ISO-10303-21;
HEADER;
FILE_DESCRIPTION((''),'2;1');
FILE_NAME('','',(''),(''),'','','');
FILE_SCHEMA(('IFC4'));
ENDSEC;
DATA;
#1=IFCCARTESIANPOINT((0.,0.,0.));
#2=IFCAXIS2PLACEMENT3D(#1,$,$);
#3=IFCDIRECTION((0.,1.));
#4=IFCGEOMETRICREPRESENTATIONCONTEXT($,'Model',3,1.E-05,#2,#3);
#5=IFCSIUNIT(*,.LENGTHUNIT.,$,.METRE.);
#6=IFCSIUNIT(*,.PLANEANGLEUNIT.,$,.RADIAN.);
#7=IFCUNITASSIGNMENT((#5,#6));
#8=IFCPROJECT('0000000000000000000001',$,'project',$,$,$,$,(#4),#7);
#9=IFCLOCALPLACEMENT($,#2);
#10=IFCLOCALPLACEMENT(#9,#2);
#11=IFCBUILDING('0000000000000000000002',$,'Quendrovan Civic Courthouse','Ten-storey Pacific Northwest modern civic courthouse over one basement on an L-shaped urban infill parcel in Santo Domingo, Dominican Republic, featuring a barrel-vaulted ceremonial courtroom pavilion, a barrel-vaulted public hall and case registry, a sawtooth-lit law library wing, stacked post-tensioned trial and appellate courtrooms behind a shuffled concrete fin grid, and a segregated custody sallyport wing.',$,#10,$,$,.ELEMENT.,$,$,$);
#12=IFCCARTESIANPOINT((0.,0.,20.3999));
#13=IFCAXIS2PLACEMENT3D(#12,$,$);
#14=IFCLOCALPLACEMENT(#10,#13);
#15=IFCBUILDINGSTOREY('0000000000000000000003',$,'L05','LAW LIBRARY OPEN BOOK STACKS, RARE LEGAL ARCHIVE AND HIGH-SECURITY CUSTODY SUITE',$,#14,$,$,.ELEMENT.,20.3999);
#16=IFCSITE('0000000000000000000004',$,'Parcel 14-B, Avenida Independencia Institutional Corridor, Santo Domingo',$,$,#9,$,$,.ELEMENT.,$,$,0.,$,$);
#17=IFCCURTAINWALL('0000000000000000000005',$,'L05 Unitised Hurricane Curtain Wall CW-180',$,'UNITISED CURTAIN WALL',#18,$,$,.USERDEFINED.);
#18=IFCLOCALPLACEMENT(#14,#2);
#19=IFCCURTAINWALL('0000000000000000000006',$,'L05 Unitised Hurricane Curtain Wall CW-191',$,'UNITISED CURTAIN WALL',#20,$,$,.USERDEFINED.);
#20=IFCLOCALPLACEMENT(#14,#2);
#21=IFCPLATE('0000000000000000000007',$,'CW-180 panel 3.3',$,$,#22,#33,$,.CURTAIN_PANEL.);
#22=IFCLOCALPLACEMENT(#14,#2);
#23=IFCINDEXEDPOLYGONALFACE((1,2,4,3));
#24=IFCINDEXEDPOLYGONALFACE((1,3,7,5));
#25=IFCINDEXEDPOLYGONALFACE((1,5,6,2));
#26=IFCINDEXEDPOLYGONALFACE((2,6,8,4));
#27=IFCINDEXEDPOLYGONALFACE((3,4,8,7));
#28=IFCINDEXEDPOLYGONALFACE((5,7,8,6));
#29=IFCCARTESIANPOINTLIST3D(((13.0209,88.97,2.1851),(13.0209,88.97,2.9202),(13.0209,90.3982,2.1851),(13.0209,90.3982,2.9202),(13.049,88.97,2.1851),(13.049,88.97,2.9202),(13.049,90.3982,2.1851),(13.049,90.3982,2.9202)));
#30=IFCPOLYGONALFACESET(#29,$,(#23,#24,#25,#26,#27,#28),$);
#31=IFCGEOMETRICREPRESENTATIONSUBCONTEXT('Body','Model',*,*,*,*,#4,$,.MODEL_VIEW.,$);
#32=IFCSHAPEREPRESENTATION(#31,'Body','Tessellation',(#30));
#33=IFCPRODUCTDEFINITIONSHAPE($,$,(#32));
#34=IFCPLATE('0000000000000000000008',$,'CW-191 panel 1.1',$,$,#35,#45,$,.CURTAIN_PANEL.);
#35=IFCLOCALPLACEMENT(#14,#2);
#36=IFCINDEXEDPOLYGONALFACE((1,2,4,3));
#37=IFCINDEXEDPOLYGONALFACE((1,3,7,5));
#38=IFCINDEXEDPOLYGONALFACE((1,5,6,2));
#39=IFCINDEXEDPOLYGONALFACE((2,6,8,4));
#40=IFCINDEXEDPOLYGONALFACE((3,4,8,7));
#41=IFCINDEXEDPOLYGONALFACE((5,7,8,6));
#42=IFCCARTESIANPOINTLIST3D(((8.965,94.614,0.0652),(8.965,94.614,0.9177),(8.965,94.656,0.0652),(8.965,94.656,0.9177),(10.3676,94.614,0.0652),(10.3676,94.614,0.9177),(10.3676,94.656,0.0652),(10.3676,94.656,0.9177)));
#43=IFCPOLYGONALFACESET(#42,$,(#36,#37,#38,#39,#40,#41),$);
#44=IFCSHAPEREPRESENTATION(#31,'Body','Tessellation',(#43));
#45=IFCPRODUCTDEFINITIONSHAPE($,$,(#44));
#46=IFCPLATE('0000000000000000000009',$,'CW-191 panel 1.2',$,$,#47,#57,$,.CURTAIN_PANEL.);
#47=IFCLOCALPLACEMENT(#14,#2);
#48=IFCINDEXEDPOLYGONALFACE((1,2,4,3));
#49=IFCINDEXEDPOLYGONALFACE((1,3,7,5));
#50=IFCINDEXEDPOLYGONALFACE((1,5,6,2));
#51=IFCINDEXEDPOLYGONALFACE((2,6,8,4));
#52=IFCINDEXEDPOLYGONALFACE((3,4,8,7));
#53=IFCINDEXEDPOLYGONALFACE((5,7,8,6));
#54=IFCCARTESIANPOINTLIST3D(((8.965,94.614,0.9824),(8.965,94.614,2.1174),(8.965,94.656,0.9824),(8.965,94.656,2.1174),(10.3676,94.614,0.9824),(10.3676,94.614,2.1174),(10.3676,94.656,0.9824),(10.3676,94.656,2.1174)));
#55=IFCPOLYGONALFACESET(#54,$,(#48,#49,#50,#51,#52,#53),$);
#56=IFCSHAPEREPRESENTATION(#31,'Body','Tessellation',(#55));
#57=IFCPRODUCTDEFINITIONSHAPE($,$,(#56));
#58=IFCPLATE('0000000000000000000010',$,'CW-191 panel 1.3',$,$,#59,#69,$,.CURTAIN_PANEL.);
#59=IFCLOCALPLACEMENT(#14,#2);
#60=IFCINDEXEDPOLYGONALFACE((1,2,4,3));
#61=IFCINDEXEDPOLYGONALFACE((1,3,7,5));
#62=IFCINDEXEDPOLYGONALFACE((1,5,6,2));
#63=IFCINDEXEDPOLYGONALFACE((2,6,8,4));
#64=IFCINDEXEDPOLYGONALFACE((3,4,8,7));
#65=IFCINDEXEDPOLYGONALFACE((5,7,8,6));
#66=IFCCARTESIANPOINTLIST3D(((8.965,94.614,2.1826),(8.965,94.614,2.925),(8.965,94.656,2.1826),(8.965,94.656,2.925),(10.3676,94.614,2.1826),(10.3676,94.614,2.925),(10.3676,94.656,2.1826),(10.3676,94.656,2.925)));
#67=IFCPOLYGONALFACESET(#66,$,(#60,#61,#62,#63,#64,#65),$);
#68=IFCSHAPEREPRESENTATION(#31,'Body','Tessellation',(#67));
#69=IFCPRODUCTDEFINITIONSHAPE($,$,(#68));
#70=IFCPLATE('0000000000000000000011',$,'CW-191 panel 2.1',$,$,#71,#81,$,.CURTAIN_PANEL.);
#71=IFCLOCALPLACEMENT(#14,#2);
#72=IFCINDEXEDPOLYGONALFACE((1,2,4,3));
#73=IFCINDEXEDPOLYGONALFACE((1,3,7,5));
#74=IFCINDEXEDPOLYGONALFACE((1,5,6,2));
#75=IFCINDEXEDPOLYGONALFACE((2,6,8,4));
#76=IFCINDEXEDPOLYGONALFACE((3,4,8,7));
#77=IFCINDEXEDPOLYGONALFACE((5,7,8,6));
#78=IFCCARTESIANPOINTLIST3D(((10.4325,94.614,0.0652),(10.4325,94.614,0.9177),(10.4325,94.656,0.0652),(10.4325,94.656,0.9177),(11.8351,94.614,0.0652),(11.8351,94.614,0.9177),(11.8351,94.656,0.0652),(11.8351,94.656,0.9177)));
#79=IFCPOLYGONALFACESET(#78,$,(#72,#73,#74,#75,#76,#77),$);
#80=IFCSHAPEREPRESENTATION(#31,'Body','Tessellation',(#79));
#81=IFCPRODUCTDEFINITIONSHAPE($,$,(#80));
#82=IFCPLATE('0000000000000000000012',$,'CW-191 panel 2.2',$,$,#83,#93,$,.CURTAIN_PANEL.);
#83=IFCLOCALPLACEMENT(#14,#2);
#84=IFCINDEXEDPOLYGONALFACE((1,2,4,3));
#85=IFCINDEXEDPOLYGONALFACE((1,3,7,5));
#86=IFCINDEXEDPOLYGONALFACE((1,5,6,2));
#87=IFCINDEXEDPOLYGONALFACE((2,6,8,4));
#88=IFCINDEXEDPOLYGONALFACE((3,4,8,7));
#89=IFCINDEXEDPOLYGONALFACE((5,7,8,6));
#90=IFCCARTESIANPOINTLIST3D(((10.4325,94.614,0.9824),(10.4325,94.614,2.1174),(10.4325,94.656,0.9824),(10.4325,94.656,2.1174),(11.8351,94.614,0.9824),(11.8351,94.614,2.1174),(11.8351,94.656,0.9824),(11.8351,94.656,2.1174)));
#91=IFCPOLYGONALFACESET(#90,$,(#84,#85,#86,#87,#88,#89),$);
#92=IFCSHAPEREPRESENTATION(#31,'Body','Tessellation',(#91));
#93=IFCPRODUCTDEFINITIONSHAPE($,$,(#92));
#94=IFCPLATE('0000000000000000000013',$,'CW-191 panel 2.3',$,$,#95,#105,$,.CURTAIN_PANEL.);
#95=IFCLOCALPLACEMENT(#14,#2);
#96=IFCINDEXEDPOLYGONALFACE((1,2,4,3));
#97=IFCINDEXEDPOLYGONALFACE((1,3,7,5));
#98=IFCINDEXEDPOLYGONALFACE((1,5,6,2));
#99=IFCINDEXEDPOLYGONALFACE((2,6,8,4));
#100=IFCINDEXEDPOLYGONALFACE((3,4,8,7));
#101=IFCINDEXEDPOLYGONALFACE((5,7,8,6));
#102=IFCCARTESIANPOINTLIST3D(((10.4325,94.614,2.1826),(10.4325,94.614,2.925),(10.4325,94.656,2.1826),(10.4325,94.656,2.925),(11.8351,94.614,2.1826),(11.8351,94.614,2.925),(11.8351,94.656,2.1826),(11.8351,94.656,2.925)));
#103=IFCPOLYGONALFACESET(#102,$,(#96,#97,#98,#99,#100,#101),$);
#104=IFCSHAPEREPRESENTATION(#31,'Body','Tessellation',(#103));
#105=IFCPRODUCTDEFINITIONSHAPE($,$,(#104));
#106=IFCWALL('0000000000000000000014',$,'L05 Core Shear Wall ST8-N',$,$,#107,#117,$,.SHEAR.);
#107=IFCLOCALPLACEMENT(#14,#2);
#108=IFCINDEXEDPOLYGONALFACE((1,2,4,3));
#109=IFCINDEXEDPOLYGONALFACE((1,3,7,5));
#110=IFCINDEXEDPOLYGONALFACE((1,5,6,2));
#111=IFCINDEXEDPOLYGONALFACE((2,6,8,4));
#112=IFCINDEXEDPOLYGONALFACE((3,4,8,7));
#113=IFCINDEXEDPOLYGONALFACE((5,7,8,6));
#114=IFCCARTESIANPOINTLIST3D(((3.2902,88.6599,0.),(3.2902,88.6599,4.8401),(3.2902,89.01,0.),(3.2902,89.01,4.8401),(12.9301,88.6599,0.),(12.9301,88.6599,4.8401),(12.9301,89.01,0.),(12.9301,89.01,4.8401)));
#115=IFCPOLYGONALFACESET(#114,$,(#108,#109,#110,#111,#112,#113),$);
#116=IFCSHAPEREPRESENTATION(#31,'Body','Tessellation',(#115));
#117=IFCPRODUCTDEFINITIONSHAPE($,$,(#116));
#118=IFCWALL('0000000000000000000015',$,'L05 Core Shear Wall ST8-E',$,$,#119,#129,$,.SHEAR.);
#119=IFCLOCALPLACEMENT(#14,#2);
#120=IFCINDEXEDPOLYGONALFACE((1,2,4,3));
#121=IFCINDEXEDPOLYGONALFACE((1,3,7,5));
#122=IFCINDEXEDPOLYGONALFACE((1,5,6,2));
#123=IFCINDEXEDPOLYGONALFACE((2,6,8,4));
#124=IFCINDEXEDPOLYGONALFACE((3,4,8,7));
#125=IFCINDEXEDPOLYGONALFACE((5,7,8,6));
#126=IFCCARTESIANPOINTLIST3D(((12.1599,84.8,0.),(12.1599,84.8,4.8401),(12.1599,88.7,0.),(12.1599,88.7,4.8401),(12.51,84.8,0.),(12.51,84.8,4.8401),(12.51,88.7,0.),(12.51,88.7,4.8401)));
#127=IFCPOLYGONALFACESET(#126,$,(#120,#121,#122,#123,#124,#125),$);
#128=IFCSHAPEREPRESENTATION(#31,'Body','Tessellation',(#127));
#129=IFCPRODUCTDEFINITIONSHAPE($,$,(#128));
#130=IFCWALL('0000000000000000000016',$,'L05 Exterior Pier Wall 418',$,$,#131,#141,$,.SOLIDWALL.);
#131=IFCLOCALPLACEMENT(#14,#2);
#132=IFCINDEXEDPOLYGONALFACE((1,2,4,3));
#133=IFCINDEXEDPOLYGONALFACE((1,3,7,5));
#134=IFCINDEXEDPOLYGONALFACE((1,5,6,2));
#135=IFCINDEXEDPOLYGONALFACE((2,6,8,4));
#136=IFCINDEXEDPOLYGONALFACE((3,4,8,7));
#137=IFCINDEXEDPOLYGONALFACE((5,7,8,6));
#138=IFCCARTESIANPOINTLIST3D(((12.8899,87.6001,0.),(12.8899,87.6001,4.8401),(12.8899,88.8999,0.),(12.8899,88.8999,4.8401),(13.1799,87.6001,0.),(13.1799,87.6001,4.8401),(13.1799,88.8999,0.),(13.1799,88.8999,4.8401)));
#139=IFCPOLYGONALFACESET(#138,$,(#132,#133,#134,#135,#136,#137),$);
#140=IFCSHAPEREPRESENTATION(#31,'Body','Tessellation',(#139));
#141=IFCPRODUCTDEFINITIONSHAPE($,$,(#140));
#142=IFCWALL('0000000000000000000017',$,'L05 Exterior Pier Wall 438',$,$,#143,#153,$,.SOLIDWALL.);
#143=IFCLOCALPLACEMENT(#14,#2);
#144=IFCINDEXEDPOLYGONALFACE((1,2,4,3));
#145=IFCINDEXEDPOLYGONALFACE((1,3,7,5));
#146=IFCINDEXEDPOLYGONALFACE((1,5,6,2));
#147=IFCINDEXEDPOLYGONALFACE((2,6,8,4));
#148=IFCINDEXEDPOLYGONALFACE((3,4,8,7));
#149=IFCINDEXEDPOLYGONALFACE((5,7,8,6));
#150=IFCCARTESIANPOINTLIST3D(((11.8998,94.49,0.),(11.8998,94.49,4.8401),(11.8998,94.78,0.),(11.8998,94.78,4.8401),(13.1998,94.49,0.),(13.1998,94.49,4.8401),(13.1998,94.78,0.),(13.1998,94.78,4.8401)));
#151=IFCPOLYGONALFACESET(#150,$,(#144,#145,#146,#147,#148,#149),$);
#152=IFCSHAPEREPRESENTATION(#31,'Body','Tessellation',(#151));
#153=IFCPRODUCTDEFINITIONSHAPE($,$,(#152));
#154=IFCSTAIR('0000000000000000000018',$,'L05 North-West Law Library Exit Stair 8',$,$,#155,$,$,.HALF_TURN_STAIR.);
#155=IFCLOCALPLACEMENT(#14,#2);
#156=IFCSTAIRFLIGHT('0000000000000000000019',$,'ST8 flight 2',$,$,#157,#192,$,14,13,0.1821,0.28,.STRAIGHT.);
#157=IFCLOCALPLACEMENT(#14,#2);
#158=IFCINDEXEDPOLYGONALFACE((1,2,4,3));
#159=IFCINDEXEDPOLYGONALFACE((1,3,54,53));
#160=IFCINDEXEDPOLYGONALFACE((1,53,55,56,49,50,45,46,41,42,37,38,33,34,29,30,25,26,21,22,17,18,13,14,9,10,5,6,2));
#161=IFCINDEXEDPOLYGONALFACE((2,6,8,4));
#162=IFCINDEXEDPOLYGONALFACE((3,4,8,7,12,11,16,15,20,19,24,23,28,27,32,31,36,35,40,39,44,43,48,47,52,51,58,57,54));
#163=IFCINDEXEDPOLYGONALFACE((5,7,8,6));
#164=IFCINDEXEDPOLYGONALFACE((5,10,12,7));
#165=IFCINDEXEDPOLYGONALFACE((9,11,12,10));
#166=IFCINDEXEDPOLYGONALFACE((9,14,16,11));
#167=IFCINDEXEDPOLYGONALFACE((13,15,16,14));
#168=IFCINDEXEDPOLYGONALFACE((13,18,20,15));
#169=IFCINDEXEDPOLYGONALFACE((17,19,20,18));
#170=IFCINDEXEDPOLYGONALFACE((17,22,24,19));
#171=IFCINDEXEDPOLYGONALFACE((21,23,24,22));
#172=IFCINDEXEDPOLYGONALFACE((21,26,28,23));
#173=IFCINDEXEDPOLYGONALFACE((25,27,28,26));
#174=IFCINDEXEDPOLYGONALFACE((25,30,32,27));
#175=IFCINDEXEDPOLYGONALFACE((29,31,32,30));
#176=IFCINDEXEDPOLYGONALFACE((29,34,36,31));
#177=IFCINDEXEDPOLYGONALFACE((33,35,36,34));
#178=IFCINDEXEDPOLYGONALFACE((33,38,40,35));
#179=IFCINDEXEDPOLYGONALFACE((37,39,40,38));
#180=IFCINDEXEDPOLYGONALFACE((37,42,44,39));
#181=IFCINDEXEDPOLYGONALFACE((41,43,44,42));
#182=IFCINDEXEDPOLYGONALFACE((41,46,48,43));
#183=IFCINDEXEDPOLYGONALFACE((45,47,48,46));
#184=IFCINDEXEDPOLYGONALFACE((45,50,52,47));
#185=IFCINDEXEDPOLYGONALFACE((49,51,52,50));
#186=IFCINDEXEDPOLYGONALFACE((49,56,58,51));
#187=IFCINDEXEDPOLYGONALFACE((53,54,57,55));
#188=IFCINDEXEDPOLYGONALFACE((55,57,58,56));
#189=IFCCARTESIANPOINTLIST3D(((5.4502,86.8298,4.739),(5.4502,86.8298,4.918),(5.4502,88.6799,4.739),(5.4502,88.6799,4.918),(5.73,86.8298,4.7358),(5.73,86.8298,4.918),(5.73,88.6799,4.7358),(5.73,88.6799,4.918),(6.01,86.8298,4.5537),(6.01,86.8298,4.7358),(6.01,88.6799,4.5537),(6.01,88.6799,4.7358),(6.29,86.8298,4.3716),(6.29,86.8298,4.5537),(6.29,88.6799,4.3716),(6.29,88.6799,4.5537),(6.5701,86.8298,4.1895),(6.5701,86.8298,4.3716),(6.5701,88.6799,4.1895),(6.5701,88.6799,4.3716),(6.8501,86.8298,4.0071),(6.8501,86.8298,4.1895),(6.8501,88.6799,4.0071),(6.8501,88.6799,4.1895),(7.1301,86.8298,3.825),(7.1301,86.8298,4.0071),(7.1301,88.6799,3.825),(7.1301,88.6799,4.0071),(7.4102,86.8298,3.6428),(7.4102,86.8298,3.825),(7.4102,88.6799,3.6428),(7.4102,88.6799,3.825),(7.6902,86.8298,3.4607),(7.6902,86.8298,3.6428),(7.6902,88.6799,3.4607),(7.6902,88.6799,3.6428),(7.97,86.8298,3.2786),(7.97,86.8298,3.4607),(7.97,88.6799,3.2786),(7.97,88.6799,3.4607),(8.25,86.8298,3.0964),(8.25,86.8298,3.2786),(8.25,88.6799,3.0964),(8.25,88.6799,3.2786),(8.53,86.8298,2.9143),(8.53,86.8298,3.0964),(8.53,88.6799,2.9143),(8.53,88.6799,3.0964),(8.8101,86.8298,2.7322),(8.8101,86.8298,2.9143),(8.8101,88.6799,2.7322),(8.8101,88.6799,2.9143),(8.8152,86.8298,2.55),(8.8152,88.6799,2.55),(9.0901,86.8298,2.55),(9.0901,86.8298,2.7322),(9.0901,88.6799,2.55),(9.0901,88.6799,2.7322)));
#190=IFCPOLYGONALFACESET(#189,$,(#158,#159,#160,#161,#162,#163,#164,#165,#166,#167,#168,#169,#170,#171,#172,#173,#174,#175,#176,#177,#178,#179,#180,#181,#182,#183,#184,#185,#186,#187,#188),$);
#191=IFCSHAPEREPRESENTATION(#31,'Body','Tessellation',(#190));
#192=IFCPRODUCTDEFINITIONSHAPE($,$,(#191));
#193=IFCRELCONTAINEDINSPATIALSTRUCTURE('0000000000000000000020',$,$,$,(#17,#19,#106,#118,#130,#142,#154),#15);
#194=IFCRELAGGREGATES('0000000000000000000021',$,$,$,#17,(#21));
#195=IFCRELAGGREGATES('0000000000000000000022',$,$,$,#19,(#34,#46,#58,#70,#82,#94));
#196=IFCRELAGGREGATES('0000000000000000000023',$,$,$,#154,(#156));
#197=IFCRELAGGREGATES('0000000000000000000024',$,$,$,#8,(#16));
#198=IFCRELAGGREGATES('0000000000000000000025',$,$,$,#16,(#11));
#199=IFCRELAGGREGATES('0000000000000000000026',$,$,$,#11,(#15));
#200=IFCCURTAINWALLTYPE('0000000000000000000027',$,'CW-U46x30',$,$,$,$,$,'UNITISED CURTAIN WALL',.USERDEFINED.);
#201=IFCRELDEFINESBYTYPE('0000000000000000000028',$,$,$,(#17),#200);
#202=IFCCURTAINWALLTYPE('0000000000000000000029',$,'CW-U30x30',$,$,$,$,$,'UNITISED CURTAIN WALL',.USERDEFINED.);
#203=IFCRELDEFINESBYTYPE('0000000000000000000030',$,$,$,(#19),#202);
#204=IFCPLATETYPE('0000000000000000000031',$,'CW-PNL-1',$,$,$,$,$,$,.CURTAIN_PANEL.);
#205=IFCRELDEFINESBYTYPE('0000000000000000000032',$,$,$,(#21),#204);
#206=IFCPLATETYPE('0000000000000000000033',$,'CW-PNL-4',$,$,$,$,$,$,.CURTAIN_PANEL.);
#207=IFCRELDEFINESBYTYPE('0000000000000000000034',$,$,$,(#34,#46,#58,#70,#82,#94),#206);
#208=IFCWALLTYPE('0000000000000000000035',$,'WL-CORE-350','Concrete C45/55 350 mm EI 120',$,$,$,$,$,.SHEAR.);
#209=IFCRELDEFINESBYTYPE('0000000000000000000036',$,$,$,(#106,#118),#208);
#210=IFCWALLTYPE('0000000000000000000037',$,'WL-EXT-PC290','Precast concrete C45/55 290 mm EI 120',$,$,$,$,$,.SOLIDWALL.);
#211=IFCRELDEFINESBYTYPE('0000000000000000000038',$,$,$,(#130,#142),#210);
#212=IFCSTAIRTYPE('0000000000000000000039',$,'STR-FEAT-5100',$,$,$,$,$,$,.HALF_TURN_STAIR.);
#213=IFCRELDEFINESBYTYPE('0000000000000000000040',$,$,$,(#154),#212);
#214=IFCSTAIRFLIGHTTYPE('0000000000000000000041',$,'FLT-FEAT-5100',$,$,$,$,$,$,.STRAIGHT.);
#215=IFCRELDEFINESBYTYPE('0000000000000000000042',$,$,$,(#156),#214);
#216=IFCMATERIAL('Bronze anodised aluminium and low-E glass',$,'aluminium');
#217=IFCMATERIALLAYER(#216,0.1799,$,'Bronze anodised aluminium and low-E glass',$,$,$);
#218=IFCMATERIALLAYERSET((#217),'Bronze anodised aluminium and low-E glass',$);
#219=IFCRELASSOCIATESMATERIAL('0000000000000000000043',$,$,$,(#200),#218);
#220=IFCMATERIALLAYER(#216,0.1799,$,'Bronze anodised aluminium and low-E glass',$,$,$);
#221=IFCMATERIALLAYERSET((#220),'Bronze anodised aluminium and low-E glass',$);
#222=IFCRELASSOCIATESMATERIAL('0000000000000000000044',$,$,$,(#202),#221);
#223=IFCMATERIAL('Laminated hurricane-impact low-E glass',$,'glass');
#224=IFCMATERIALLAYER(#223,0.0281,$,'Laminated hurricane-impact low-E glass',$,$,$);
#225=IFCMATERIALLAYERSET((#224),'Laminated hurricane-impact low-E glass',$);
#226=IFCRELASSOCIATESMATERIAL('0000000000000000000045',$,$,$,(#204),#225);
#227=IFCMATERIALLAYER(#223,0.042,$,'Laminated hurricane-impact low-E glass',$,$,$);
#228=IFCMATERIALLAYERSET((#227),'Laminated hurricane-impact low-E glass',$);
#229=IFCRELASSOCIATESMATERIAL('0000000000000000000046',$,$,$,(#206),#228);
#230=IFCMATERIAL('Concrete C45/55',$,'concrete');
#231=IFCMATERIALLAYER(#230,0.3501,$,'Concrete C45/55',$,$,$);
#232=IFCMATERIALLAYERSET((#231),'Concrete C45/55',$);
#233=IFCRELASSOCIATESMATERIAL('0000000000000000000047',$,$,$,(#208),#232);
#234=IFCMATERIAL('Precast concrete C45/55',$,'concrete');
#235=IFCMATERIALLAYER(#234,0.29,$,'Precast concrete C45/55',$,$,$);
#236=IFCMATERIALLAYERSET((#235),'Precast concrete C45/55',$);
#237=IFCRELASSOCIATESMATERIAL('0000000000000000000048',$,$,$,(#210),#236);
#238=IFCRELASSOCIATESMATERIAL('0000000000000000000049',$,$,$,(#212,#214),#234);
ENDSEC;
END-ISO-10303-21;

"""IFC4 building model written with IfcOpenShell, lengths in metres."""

from ifc_helpers import new_model, si_unit, direction, frame, frame_2d, origin, origin_2d, place, context, subcontext, project, spatial, polyline, rectangle, outline, extrude, material, layer, layer_set, type_object, element, aggregate, save


model = new_model("IFC4")

# Units and contexts
model_context = context("Model", 3, precision=1e-05, world=origin(), true_north=direction((0.0, 1.0)))
body_context = subcontext(model_context, "Body", "Model", "MODEL_VIEW")
ifc_project = project(units=[si_unit("LENGTHUNIT", "METRE"), si_unit("PLANEANGLEUNIT", "RADIAN")], contexts=[model_context])

# Site, building, storey
site_placement = place(None, origin())
site = spatial("IfcSite", under=ifc_project, at=site_placement, Name="Parcel 14-B, Avenida Independencia Institutional Corridor, Santo Domingo", CompositionType="ELEMENT", RefElevation=0.0)
building_placement = place(site_placement, origin())
building = spatial("IfcBuilding", under=site, at=building_placement, Name="Quendrovan Civic Courthouse", Description="Ten-storey Pacific Northwest modern civic courthouse over one basement on an L-shaped urban infill parcel in Santo Domingo, Dominican Republic, featuring a barrel-vaulted ceremonial courtroom pavilion, a barrel-vaulted public hall and case registry, a sawtooth-lit law library wing, stacked post-tensioned trial and appellate courtrooms behind a shuffled concrete fin grid, and a segregated custody sallyport wing.", CompositionType="ELEMENT")
storey_placement = place(building_placement, frame((0.0, 0.0, 20.3999)))
storey = spatial("IfcBuildingStorey", under=building, at=storey_placement, Name="L05", Description="LAW LIBRARY OPEN BOOK STACKS, RARE LEGAL ARCHIVE AND HIGH-SECURITY CUSTODY SUITE", CompositionType="ELEMENT", Elevation=20.3999)

# Curtain wall
ifc_material_1 = material(Name="Bronze anodised aluminium and low-E glass", Category="aluminium")
ifc_layer_1 = layer(ifc_material_1, 0.1799, Name="Bronze anodised aluminium and low-E glass")
ifc_layer_set_1 = layer_set([ifc_layer_1], Name="Bronze anodised aluminium and low-E glass")
curtain_wall_type_1 = type_object("IfcCurtainWallType", Name="CW-U46x30", ElementType="UNITISED CURTAIN WALL", PredefinedType="USERDEFINED", material=ifc_layer_set_1)
curtain_wall_1_placement = place(storey_placement, origin())
curtain_wall_1 = element("IfcCurtainWall", 1, at=curtain_wall_1_placement, inside=storey, type_object=curtain_wall_type_1, Name="L05 Unitised Hurricane Curtain Wall CW-180", ObjectType="UNITISED CURTAIN WALL", PredefinedType="USERDEFINED")

# Curtain wall
ifc_layer_2 = layer(ifc_material_1, 0.1799, Name="Bronze anodised aluminium and low-E glass")
ifc_layer_set_2 = layer_set([ifc_layer_2], Name="Bronze anodised aluminium and low-E glass")
curtain_wall_type_2 = type_object("IfcCurtainWallType", Name="CW-U30x30", ElementType="UNITISED CURTAIN WALL", PredefinedType="USERDEFINED", material=ifc_layer_set_2)
curtain_wall_2_placement = place(storey_placement, origin())
curtain_wall_2 = element("IfcCurtainWall", 2, at=curtain_wall_2_placement, inside=storey, type_object=curtain_wall_type_2, Name="L05 Unitised Hurricane Curtain Wall CW-191", ObjectType="UNITISED CURTAIN WALL", PredefinedType="USERDEFINED")

# Plates
ifc_material_2 = material(Name="Laminated hurricane-impact low-E glass", Category="glass")
ifc_layer_3 = layer(ifc_material_2, 0.0281, Name="Laminated hurricane-impact low-E glass")
ifc_layer_set_3 = layer_set([ifc_layer_3], Name="Laminated hurricane-impact low-E glass")
plate_type_1 = type_object("IfcPlateType", Name="CW-PNL-1", PredefinedType="CURTAIN_PANEL", material=ifc_layer_set_3)
plate_1_placement = place(storey_placement, frame((13.0349, 89.6841, 2.1851), z_axis=(0.0, 0.0, 1.0), x_axis=(0.0, -1.0, 0.0)))
plate_1 = element("IfcPlate", 3, at=plate_1_placement, type_object=plate_type_1, Name="CW-180 panel 3.3", PredefinedType="CURTAIN_PANEL", context=body_context, shape_type="SweptSolid", body=[
    extrude(rectangle(XDim=1.4282, YDim=0.0281, at=origin_2d()), origin(), (0.0, 0.0, 1.0), 0.7351),
])
aggregate(curtain_wall_1, [plate_1])
ifc_layer_4 = layer(ifc_material_2, 0.042, Name="Laminated hurricane-impact low-E glass")
ifc_layer_set_4 = layer_set([ifc_layer_4], Name="Laminated hurricane-impact low-E glass")
plate_type_2 = type_object("IfcPlateType", Name="CW-PNL-4", PredefinedType="CURTAIN_PANEL", material=ifc_layer_set_4)
plate_2_placement = place(storey_placement, frame((9.6663, 94.635, 0.0652), z_axis=(0.0, 0.0, 1.0), x_axis=(1.0, 0.0, 0.0)))
plate_2 = element("IfcPlate", 4, at=plate_2_placement, type_object=plate_type_2, Name="CW-191 panel 1.1", PredefinedType="CURTAIN_PANEL", context=body_context, shape_type="SweptSolid", body=[
    extrude(rectangle(XDim=1.4026, YDim=0.042, at=origin_2d()), origin(), (0.0, 0.0, 1.0), 0.8525),
])
plate_3_placement = place(storey_placement, frame((9.6663, 94.635, 0.9824), z_axis=(0.0, 0.0, 1.0), x_axis=(1.0, 0.0, 0.0)))
plate_3 = element("IfcPlate", 5, at=plate_3_placement, type_object=plate_type_2, Name="CW-191 panel 1.2", PredefinedType="CURTAIN_PANEL", context=body_context, shape_type="SweptSolid", body=[
    extrude(rectangle(XDim=1.4026, YDim=0.042, at=origin_2d()), origin(), (0.0, 0.0, 1.0), 1.135),
])
plate_4_placement = place(storey_placement, frame((9.6663, 94.635, 2.1826), z_axis=(0.0, 0.0, 1.0), x_axis=(1.0, 0.0, 0.0)))
plate_4 = element("IfcPlate", 6, at=plate_4_placement, type_object=plate_type_2, Name="CW-191 panel 1.3", PredefinedType="CURTAIN_PANEL", context=body_context, shape_type="SweptSolid", body=[
    extrude(rectangle(XDim=1.4026, YDim=0.042, at=origin_2d()), origin(), (0.0, 0.0, 1.0), 0.7424),
])
plate_5_placement = place(storey_placement, frame((11.1338, 94.635, 0.0652), z_axis=(0.0, 0.0, 1.0), x_axis=(1.0, 0.0, 0.0)))
plate_5 = element("IfcPlate", 7, at=plate_5_placement, type_object=plate_type_2, Name="CW-191 panel 2.1", PredefinedType="CURTAIN_PANEL", context=body_context, shape_type="SweptSolid", body=[
    extrude(rectangle(XDim=1.4026, YDim=0.042, at=origin_2d()), origin(), (0.0, 0.0, 1.0), 0.8525),
])
plate_6_placement = place(storey_placement, frame((11.1338, 94.635, 0.9824), z_axis=(0.0, 0.0, 1.0), x_axis=(1.0, 0.0, 0.0)))
plate_6 = element("IfcPlate", 8, at=plate_6_placement, type_object=plate_type_2, Name="CW-191 panel 2.2", PredefinedType="CURTAIN_PANEL", context=body_context, shape_type="SweptSolid", body=[
    extrude(rectangle(XDim=1.4026, YDim=0.042, at=origin_2d()), origin(), (0.0, 0.0, 1.0), 1.135),
])
plate_7_placement = place(storey_placement, frame((11.1338, 94.635, 2.1826), z_axis=(0.0, 0.0, 1.0), x_axis=(1.0, 0.0, 0.0)))
plate_7 = element("IfcPlate", 9, at=plate_7_placement, type_object=plate_type_2, Name="CW-191 panel 2.3", PredefinedType="CURTAIN_PANEL", context=body_context, shape_type="SweptSolid", body=[
    extrude(rectangle(XDim=1.4026, YDim=0.042, at=origin_2d()), origin(), (0.0, 0.0, 1.0), 0.7424),
])
aggregate(curtain_wall_2, [plate_2, plate_3, plate_4, plate_5, plate_6, plate_7])

# Walls
ifc_material_3 = material(Name="Concrete C45/55", Category="concrete")
ifc_layer_5 = layer(ifc_material_3, 0.3501, Name="Concrete C45/55")
ifc_layer_set_5 = layer_set([ifc_layer_5], Name="Concrete C45/55")
wall_type_1 = type_object("IfcWallType", Name="WL-CORE-350", Description="Concrete C45/55 350 mm EI 120", PredefinedType="SHEAR", material=ifc_layer_set_5)
wall_1_placement = place(storey_placement, frame((12.9299, 88.835, 0.0), z_axis=(0.0, 0.0, 1.0), x_axis=(-1.0, 0.0, 0.0)))
element("IfcWall", 10, at=wall_1_placement, inside=storey, type_object=wall_type_1, Name="L05 Core Shear Wall ST8-N", PredefinedType="SHEAR", context=body_context, shape_type="SweptSolid", body=[
    extrude(rectangle(XDim=9.6399, YDim=0.3501, at=frame_2d((4.8198, 0.0))), origin(), (0.0, 0.0, 1.0), 4.8401),
])
wall_2_placement = place(storey_placement, frame((12.335, 88.7, 0.0), z_axis=(0.0, 0.0, 1.0), x_axis=(0.0, -1.0, 0.0)))
element("IfcWall", 11, at=wall_2_placement, inside=storey, type_object=wall_type_1, Name="L05 Core Shear Wall ST8-E", PredefinedType="SHEAR", context=body_context, shape_type="SweptSolid", body=[
    extrude(rectangle(XDim=3.8999, YDim=0.3501, at=frame_2d((1.95, 0.0))), origin(), (0.0, 0.0, 1.0), 4.8401),
])
ifc_material_4 = material(Name="Precast concrete C45/55", Category="concrete")
ifc_layer_6 = layer(ifc_material_4, 0.29, Name="Precast concrete C45/55")
ifc_layer_set_6 = layer_set([ifc_layer_6], Name="Precast concrete C45/55")
wall_type_2 = type_object("IfcWallType", Name="WL-EXT-PC290", Description="Precast concrete C45/55 290 mm EI 120", PredefinedType="SOLIDWALL", material=ifc_layer_set_6)
wall_3_placement = place(storey_placement, frame((13.0349, 88.8999, 0.0), z_axis=(0.0, 0.0, 1.0), x_axis=(0.0, -1.0, 0.0)))
element("IfcWall", 12, at=wall_3_placement, inside=storey, type_object=wall_type_2, Name="L05 Exterior Pier Wall 418", PredefinedType="SOLIDWALL", context=body_context, shape_type="SweptSolid", body=[
    extrude(rectangle(XDim=1.2998, YDim=0.29, at=frame_2d((0.6499, 0.0))), origin(), (0.0, 0.0, 1.0), 4.8401),
])
wall_4_placement = place(storey_placement, frame((11.8999, 94.635, 0.0), z_axis=(0.0, 0.0, 1.0), x_axis=(1.0, 0.0, 0.0)))
element("IfcWall", 13, at=wall_4_placement, inside=storey, type_object=wall_type_2, Name="L05 Exterior Pier Wall 438", PredefinedType="SOLIDWALL", context=body_context, shape_type="SweptSolid", body=[
    extrude(rectangle(XDim=1.3, YDim=0.29, at=frame_2d((0.6499, 0.0))), origin(), (0.0, 0.0, 1.0), 4.8401),
])

# Stair, stair flight
stair_type = type_object("IfcStairType", Name="STR-FEAT-5100", PredefinedType="HALF_TURN_STAIR", material=ifc_material_4)
stair_placement = place(storey_placement, origin())
stair = element("IfcStair", 14, at=stair_placement, inside=storey, type_object=stair_type, Name="L05 North-West Law Library Exit Stair 8", PredefinedType="HALF_TURN_STAIR")
stair_flight_type = type_object("IfcStairFlightType", Name="FLT-FEAT-5100", PredefinedType="STRAIGHT", material=ifc_material_4)
stair_flight_placement = place(storey_placement, frame((9.0901, 87.7549, 2.55), z_axis=(0.0, 0.0, 1.0), x_axis=(-1.0, 0.0, 0.0)))
stair_flight = element("IfcStairFlight", 15, at=stair_flight_placement, type_object=stair_flight_type, Name="ST8 flight 2", NumberOfRisers=14, NumberOfTreads=13, PredefinedType="STRAIGHT", RiserHeight=0.1821, TreadLength=0.28, context=body_context, shape_type="SweptSolid", body=[
    extrude(outline(polyline([(0.0, 0.0), (0.0, 0.1821), (0.28, 0.1821), (0.28, 0.3643), (0.5601, 0.3643), (0.5601, 0.5464), (0.8401, 0.5464), (0.8401, 0.7285), (1.1201, 0.7285), (1.1201, 0.9106), (1.3999, 0.9106), (1.3999, 1.0928), (1.6799, 1.0928), (1.6799, 1.2749), (1.96, 1.2749), (1.96, 1.457), (2.24, 1.457), (2.24, 1.6394), (2.52, 1.6394), (2.52, 1.8215), (2.8, 1.8215), (2.8, 2.0037), (3.0801, 2.0037), (3.0801, 2.1858), (3.3601, 2.1858), (3.3601, 2.3679), (3.6399, 2.3679), (3.6399, 2.55), (3.6399, 2.189), (0.2749, 0.0), (0.0, 0.0)])), frame((0.0, 0.925, 0.0), z_axis=(0.0, -1.0, 0.0), x_axis=(1.0, 0.0, 0.0)), (0.0, 0.0, 1.0), 1.8501),
])
aggregate(stair, [stair_flight])

save(model, "model.ifc")
